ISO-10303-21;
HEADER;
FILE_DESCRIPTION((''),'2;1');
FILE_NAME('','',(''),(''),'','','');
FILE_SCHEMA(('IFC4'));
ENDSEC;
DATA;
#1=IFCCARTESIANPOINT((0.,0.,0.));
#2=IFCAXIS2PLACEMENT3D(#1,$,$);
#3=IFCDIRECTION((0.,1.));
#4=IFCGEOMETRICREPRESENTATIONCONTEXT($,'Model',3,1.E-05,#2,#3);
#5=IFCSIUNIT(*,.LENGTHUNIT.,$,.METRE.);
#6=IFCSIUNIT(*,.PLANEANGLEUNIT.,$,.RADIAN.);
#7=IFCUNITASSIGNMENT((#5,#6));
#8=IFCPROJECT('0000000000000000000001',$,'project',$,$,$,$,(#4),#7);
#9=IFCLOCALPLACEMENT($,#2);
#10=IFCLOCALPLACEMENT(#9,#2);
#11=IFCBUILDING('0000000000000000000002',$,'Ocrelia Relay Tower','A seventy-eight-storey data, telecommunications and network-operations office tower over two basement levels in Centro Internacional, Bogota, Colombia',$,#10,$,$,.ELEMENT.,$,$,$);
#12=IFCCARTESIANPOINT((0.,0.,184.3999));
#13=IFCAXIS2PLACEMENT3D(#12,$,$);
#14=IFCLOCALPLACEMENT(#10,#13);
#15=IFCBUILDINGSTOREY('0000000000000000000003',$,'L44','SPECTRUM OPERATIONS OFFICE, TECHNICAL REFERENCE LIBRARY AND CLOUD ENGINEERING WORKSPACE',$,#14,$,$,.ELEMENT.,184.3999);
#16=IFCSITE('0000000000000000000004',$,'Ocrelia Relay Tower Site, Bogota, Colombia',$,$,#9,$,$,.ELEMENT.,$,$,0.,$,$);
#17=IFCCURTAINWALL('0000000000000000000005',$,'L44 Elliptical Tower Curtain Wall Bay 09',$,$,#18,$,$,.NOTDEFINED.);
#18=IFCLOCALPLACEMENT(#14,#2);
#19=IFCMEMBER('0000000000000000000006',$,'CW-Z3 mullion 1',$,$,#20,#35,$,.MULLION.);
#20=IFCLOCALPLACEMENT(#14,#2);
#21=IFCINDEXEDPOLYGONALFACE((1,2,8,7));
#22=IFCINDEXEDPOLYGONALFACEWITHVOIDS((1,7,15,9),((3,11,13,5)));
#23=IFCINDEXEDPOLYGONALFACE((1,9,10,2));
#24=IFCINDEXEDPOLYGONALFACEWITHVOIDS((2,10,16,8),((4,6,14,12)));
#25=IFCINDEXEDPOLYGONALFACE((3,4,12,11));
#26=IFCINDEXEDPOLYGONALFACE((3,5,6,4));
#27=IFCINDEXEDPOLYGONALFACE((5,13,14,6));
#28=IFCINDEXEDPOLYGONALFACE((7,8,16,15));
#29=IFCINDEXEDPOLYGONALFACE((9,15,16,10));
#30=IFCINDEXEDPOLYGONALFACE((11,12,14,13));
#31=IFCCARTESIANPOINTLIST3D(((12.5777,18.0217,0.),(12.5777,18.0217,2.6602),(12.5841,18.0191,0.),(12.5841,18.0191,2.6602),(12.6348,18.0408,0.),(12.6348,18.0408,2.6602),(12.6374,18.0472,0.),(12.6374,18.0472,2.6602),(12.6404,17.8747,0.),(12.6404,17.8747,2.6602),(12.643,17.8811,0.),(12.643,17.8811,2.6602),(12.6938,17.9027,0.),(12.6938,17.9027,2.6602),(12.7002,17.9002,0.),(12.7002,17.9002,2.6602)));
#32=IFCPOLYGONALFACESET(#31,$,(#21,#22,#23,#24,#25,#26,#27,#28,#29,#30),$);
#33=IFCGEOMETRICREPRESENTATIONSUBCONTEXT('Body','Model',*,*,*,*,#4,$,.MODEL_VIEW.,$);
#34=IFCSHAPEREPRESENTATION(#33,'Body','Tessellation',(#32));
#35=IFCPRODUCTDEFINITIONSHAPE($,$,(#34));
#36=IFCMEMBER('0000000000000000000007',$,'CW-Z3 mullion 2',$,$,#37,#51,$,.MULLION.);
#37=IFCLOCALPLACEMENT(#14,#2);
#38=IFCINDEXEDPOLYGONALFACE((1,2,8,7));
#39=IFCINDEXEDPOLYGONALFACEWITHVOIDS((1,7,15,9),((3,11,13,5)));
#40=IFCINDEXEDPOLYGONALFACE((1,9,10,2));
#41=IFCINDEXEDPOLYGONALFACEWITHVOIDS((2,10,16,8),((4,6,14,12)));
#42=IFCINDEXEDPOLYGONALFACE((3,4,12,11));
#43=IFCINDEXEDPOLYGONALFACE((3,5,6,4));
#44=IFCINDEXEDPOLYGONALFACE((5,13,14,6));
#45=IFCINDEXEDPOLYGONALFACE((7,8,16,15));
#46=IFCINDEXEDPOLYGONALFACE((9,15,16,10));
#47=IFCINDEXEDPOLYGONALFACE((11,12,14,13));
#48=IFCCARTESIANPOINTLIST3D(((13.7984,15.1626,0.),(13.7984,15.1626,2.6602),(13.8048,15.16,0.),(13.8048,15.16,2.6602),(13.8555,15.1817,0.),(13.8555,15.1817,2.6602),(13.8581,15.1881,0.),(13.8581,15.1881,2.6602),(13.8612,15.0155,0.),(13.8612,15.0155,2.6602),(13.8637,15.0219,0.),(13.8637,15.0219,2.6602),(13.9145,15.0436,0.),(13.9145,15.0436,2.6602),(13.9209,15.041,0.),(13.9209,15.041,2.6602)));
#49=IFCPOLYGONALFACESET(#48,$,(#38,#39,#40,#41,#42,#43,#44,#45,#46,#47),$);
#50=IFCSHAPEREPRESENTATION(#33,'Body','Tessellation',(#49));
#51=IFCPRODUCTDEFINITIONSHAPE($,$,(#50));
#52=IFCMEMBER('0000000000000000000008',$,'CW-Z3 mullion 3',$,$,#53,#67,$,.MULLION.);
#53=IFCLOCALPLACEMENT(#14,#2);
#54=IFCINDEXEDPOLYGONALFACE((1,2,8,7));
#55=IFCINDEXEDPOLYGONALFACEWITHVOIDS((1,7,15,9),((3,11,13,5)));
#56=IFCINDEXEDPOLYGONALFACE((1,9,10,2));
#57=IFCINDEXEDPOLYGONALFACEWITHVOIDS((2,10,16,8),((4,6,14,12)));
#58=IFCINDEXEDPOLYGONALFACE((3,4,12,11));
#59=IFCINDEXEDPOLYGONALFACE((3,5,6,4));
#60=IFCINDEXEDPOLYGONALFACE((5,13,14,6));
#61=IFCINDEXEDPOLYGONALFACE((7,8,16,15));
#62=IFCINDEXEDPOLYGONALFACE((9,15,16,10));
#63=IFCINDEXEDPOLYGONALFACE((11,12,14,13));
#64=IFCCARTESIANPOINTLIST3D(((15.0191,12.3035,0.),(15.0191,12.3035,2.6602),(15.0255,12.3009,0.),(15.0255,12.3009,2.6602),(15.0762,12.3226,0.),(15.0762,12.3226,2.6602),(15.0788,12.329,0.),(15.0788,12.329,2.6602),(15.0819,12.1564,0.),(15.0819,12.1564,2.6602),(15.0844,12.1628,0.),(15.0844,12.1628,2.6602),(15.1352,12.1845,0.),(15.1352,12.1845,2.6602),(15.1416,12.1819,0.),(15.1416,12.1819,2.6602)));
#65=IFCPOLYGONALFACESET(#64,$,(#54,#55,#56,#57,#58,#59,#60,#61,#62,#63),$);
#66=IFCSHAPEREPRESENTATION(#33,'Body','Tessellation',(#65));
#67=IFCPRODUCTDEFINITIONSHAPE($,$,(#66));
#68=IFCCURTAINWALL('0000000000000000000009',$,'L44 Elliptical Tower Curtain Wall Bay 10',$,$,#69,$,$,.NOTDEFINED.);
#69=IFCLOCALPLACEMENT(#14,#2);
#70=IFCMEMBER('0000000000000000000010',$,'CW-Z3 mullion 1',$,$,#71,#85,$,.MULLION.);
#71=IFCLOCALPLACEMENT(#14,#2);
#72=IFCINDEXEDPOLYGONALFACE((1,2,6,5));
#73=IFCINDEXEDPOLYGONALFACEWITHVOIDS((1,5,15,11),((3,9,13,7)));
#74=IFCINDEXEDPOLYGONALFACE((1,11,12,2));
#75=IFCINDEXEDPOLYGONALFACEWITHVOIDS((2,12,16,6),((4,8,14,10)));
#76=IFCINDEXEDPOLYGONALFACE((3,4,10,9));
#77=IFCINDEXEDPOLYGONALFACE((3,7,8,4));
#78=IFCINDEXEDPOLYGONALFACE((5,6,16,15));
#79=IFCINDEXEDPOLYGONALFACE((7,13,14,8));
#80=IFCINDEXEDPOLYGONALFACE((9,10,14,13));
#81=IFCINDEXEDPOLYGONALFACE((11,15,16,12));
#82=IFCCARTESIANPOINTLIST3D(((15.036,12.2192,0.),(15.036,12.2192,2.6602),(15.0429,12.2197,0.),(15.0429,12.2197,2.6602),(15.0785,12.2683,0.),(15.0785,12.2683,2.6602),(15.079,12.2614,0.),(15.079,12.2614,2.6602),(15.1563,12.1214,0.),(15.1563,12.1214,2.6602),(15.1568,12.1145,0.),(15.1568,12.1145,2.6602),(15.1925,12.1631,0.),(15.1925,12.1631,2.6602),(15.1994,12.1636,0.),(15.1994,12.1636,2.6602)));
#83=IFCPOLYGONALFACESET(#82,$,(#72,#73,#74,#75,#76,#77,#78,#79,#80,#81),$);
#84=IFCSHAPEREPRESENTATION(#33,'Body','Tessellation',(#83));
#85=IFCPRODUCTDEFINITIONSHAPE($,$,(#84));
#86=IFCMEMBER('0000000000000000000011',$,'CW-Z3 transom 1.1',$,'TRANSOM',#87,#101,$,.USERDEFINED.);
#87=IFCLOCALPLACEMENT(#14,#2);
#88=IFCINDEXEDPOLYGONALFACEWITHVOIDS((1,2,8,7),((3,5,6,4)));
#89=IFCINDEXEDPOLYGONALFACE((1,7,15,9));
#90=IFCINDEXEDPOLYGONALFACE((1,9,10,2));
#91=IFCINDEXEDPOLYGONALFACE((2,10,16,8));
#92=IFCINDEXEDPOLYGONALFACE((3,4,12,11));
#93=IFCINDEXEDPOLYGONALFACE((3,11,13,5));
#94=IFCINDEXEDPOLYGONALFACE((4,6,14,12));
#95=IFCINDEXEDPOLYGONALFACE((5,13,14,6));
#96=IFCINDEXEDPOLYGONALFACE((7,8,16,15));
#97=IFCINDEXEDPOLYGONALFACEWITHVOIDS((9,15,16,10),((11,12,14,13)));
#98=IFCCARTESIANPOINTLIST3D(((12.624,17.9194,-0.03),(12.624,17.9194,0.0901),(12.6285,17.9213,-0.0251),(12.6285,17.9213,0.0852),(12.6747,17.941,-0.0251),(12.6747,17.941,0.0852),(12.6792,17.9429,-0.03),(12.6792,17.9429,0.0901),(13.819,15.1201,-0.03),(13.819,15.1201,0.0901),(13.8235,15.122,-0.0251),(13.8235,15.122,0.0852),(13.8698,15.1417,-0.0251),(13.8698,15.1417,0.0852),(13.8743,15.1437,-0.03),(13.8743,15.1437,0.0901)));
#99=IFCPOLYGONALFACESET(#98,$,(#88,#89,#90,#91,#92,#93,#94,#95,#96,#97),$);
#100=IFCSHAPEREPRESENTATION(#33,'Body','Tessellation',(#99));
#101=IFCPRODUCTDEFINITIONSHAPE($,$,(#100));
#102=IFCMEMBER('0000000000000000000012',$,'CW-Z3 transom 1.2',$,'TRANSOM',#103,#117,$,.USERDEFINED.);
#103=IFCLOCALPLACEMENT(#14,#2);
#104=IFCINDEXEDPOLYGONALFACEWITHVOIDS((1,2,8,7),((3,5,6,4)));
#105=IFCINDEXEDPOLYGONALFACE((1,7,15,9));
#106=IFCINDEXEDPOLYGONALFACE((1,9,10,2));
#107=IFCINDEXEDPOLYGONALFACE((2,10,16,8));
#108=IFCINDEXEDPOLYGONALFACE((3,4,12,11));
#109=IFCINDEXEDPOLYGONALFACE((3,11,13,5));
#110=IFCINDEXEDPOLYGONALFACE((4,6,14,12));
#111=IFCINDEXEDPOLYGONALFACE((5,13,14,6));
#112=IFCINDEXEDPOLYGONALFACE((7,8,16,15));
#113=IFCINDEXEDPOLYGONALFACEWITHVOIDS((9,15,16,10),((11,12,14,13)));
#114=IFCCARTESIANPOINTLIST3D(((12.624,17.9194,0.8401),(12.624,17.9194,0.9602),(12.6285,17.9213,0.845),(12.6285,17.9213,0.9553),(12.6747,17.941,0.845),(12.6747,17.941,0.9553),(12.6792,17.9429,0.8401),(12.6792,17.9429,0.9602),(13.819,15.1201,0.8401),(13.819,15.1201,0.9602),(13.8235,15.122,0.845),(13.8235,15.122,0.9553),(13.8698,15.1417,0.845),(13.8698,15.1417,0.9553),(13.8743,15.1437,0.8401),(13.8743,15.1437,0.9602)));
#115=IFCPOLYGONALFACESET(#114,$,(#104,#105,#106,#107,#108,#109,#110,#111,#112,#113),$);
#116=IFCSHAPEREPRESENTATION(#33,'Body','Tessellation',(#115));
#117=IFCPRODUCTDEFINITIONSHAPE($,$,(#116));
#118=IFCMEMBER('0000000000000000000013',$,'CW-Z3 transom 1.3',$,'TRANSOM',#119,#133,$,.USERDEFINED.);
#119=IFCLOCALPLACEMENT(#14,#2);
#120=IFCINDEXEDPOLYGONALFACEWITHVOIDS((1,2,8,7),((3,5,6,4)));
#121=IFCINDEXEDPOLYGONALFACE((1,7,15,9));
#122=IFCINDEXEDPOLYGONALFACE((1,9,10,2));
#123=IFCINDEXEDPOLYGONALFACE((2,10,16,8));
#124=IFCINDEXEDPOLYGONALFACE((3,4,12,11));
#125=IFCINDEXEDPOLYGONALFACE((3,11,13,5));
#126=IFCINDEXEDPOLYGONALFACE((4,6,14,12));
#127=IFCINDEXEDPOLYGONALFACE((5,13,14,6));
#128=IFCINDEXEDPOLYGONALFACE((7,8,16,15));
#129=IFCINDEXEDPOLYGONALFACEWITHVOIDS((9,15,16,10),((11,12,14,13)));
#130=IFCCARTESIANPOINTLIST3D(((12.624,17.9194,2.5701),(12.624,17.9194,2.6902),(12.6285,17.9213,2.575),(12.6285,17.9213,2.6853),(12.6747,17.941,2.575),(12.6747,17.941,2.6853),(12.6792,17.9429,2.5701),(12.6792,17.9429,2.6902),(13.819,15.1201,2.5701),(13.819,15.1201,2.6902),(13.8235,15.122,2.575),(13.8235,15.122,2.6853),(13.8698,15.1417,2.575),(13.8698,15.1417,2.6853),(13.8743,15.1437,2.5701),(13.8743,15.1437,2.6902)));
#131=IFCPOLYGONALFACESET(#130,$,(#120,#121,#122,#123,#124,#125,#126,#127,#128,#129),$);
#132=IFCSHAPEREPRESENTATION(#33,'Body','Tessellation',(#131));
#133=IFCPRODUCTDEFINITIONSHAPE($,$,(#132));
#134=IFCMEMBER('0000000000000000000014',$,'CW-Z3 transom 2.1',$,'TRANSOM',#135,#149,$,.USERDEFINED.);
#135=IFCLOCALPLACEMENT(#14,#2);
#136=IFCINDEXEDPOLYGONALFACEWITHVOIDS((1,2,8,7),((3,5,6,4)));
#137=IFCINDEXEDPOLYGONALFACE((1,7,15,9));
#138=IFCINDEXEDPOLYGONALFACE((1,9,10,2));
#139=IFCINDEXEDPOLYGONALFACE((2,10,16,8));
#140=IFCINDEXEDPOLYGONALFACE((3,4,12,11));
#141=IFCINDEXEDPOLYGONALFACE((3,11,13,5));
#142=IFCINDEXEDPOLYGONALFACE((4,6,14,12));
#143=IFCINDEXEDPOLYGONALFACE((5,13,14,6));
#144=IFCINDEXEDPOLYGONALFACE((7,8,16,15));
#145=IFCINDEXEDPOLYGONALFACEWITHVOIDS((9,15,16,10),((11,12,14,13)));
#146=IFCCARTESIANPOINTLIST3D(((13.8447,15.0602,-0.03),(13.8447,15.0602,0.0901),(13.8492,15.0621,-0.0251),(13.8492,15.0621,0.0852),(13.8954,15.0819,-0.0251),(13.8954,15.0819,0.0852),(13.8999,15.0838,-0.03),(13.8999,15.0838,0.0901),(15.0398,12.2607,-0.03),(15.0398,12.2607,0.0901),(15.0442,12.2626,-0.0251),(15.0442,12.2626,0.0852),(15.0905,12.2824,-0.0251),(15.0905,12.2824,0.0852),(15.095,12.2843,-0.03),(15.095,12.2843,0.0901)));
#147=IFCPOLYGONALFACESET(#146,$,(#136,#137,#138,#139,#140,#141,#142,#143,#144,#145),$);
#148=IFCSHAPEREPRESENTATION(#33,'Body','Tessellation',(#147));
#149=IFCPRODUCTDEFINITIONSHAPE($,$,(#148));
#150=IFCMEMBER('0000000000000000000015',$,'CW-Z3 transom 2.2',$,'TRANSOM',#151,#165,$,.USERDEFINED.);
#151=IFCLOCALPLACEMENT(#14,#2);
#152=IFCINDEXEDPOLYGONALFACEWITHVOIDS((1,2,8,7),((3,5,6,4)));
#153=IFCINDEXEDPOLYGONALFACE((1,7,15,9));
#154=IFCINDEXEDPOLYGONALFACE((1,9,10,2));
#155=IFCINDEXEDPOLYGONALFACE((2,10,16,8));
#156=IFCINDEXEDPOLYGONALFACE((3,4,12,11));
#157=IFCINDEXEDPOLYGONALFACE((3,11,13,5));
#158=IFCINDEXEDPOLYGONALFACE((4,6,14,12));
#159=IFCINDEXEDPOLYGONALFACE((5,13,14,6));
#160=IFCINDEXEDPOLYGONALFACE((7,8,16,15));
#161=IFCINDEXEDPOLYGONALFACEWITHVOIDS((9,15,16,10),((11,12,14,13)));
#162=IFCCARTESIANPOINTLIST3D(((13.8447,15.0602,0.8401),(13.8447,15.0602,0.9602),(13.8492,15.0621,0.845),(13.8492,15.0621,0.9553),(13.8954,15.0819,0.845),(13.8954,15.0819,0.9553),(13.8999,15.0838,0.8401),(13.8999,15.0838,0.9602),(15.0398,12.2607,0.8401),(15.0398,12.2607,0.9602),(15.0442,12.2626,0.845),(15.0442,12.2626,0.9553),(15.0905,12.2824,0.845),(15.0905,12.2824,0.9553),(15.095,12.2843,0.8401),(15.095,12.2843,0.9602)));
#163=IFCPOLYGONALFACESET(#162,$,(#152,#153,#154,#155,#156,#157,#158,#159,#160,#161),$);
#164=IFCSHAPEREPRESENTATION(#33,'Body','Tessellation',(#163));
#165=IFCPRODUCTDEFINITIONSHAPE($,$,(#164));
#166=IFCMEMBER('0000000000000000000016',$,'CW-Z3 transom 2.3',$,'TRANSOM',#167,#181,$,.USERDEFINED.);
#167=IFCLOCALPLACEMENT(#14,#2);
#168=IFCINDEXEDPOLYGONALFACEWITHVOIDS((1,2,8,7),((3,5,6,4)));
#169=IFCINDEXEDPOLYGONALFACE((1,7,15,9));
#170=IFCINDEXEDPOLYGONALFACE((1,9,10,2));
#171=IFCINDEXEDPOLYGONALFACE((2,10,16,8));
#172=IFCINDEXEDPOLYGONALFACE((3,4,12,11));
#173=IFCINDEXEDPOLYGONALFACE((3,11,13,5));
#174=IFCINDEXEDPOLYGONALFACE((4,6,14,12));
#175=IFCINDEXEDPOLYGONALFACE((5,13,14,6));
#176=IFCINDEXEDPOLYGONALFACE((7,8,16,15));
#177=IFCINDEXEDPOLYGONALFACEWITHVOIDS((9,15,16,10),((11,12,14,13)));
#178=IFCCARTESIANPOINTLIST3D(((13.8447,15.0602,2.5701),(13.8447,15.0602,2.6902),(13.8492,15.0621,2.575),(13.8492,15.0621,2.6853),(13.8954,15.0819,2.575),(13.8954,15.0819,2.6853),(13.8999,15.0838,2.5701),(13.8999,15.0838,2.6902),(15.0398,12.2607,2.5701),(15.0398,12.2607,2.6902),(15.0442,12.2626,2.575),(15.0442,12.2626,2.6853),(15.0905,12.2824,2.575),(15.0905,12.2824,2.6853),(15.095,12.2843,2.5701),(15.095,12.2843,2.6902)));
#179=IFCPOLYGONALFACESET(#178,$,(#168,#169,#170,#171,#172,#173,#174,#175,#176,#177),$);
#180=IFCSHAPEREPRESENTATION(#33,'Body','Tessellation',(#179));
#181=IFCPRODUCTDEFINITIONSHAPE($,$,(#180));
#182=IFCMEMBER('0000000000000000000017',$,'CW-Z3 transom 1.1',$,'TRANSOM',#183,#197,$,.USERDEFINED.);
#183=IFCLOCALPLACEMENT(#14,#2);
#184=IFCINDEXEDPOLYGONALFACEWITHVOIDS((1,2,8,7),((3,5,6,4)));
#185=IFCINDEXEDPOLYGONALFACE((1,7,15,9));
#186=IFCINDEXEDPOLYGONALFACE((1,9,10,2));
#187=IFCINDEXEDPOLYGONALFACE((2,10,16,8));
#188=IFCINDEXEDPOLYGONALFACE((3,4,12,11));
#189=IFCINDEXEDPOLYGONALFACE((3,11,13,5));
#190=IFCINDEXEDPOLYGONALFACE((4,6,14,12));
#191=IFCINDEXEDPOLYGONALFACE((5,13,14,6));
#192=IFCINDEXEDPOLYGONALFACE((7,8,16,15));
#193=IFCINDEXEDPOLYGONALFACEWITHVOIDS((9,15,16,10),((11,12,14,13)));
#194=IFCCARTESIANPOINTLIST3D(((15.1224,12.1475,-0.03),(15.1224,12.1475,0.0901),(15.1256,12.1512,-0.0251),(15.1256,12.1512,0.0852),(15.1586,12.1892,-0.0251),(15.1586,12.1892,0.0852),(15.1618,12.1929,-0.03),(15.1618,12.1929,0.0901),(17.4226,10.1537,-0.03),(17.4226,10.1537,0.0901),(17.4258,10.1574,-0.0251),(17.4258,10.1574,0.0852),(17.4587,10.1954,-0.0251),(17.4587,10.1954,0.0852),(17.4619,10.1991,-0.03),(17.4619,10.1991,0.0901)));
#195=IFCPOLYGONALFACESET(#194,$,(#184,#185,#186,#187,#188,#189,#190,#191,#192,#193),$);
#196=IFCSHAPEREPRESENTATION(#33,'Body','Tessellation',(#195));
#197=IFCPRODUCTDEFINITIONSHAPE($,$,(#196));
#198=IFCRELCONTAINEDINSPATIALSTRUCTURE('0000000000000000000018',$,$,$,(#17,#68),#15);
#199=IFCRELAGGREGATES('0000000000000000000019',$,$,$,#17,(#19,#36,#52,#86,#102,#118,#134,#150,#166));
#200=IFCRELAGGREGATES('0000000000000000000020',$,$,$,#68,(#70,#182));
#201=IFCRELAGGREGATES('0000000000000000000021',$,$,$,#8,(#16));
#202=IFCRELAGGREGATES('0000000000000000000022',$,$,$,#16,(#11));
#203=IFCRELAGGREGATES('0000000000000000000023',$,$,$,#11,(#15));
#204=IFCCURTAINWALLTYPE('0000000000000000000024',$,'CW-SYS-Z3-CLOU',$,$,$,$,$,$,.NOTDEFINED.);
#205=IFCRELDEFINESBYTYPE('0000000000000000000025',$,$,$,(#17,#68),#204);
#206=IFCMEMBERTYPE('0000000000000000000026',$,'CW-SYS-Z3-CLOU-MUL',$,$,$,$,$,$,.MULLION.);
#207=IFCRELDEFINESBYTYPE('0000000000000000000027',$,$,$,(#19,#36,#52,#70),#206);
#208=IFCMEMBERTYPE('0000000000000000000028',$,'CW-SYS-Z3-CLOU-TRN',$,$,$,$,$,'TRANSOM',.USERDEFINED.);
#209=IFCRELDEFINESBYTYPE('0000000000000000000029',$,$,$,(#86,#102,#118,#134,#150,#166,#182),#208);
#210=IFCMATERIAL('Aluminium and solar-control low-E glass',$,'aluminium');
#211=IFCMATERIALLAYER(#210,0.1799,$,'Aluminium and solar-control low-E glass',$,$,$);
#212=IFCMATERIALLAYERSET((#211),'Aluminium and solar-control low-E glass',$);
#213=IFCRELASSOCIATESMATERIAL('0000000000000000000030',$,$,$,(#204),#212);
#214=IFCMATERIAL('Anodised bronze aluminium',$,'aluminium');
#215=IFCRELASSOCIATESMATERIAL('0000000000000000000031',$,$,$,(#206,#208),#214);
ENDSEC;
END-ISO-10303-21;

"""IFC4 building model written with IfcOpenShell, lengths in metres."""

from ifc_helpers import new_model, si_unit, direction, frame, origin, origin_2d, place, context, subcontext, project, spatial, hollow_rectangle, extrude, material, layer, layer_set, material_profile, profile_set, type_object, element, aggregate, save


model = new_model("IFC4")

# Units and contexts
model_context = context("Model", 3, precision=1e-05, world=origin(), true_north=direction((0.0, 1.0)))
body_context = subcontext(model_context, "Body", "Model", "MODEL_VIEW")
ifc_project = project(units=[si_unit("LENGTHUNIT", "METRE"), si_unit("PLANEANGLEUNIT", "RADIAN")], contexts=[model_context])

# Site, building, storey
site_placement = place(None, origin())
site = spatial("IfcSite", under=ifc_project, at=site_placement, Name="Ocrelia Relay Tower Site, Bogota, Colombia", CompositionType="ELEMENT", RefElevation=0.0)
building_placement = place(site_placement, origin())
building = spatial("IfcBuilding", under=site, at=building_placement, Name="Ocrelia Relay Tower", Description="A seventy-eight-storey data, telecommunications and network-operations office tower over two basement levels in Centro Internacional, Bogota, Colombia", CompositionType="ELEMENT")
storey_placement = place(building_placement, frame((0.0, 0.0, 184.3999)))
storey = spatial("IfcBuildingStorey", under=building, at=storey_placement, Name="L44", Description="SPECTRUM OPERATIONS OFFICE, TECHNICAL REFERENCE LIBRARY AND CLOUD ENGINEERING WORKSPACE", CompositionType="ELEMENT", Elevation=184.3999)

# Curtain wall, members
ifc_material_1 = material(Name="Aluminium and solar-control low-E glass", Category="aluminium")
ifc_layer_1 = layer(ifc_material_1, 0.1799, Name="Aluminium and solar-control low-E glass")
ifc_layer_set_1 = layer_set([ifc_layer_1], Name="Aluminium and solar-control low-E glass")
curtain_wall_type = type_object("IfcCurtainWallType", Name="CW-SYS-Z3-CLOU", PredefinedType="NOTDEFINED", material=ifc_layer_set_1)
curtain_wall_1_placement = place(storey_placement, origin())
curtain_wall_1 = element("IfcCurtainWall", 1, at=curtain_wall_1_placement, inside=storey, type_object=curtain_wall_type, Name="L44 Elliptical Tower Curtain Wall Bay 09", PredefinedType="NOTDEFINED")
ifc_material_2 = material(Name="Anodised bronze aluminium", Category="aluminium")
ifc_material_profile_1 = material_profile(ifc_material_2, hollow_rectangle(XDim=0.0649, YDim=0.1599, WallThickness=0.0049, at=origin_2d()), Name="CW-MUL-160x65")
ifc_profile_set_1 = profile_set([ifc_material_profile_1], Name="Anodised bronze aluminium")
member_type_1 = type_object("IfcMemberType", Name="CW-SYS-Z3-CLOU-MUL", PredefinedType="MULLION", material=ifc_profile_set_1)
member_1_placement = place(storey_placement, frame((12.6389, 17.9609, 0.0), z_axis=(0.0, 0.0, 1.0), x_axis=(0.919688, 0.392651, 0.0)))
member_1 = element("IfcMember", 2, at=member_1_placement, type_object=member_type_1, Name="CW-Z3 mullion 1", PredefinedType="MULLION", context=body_context, shape_type="SweptSolid", body=[
    extrude(hollow_rectangle(XDim=0.0649, YDim=0.1599, WallThickness=0.0049, at=origin_2d()), origin(), (0.0, 0.0, 1.0), 2.6602),
])
member_2_placement = place(storey_placement, frame((13.8596, 15.1018, 0.0), z_axis=(0.0, 0.0, 1.0), x_axis=(0.919688, 0.392651, 0.0)))
member_2 = element("IfcMember", 3, at=member_2_placement, type_object=member_type_1, Name="CW-Z3 mullion 2", PredefinedType="MULLION", context=body_context, shape_type="SweptSolid", body=[
    extrude(hollow_rectangle(XDim=0.0649, YDim=0.1599, WallThickness=0.0049, at=origin_2d()), origin(), (0.0, 0.0, 1.0), 2.6602),
])
member_3_placement = place(storey_placement, frame((15.0803, 12.2427, 0.0), z_axis=(0.0, 0.0, 1.0), x_axis=(0.919688, 0.392651, 0.0)))
member_3 = element("IfcMember", 4, at=member_3_placement, type_object=member_type_1, Name="CW-Z3 mullion 3", PredefinedType="MULLION", context=body_context, shape_type="SweptSolid", body=[
    extrude(hollow_rectangle(XDim=0.0649, YDim=0.1599, WallThickness=0.0049, at=origin_2d()), origin(), (0.0, 0.0, 1.0), 2.6602),
])

# Curtain wall, member
curtain_wall_2_placement = place(storey_placement, origin())
curtain_wall_2 = element("IfcCurtainWall", 5, at=curtain_wall_2_placement, inside=storey, type_object=curtain_wall_type, Name="L44 Elliptical Tower Curtain Wall Bay 10", PredefinedType="NOTDEFINED")
member_4_placement = place(storey_placement, frame((15.1177, 12.1914, 0.0), z_axis=(0.0, 0.0, 1.0), x_axis=(0.655002, 0.755627, 0.0)))
member_4 = element("IfcMember", 6, at=member_4_placement, type_object=member_type_1, Name="CW-Z3 mullion 1", PredefinedType="MULLION", context=body_context, shape_type="SweptSolid", body=[
    extrude(hollow_rectangle(XDim=0.0649, YDim=0.1599, WallThickness=0.0049, at=origin_2d()), origin(), (0.0, 0.0, 1.0), 2.6602),
])

# Members
ifc_material_profile_2 = material_profile(ifc_material_2, hollow_rectangle(XDim=0.0601, YDim=0.1201, WallThickness=0.0049, at=origin_2d()), Name="CW-TRN-120x60")
ifc_profile_set_2 = profile_set([ifc_material_profile_2], Name="Anodised bronze aluminium")
member_type_2 = type_object("IfcMemberType", Name="CW-SYS-Z3-CLOU-TRN", ElementType="TRANSOM", PredefinedType="USERDEFINED", material=ifc_profile_set_2)
member_5_placement = place(storey_placement, frame((12.6516, 17.9312, 0.03), z_axis=(0.392631, -0.919696, 0.0), x_axis=(0.919696, 0.392631, 0.0)))
member_5 = element("IfcMember", 7, at=member_5_placement, type_object=member_type_2, Name="CW-Z3 transom 1.1", ObjectType="TRANSOM", PredefinedType="USERDEFINED", context=body_context, shape_type="SweptSolid", body=[
    extrude(hollow_rectangle(XDim=0.0601, YDim=0.1201, WallThickness=0.0049, at=origin_2d()), origin(), (0.0, 0.0, 1.0), 3.0437),
])
member_6_placement = place(storey_placement, frame((12.6516, 17.9312, 0.9001), z_axis=(0.392631, -0.919696, 0.0), x_axis=(0.919696, 0.392631, 0.0)))
member_6 = element("IfcMember", 8, at=member_6_placement, type_object=member_type_2, Name="CW-Z3 transom 1.2", ObjectType="TRANSOM", PredefinedType="USERDEFINED", context=body_context, shape_type="SweptSolid", body=[
    extrude(hollow_rectangle(XDim=0.0601, YDim=0.1201, WallThickness=0.0049, at=origin_2d()), origin(), (0.0, 0.0, 1.0), 3.0437),
])
member_7_placement = place(storey_placement, frame((12.6516, 17.9312, 2.6301), z_axis=(0.392631, -0.919696, 0.0), x_axis=(0.919696, 0.392631, 0.0)))
member_7 = element("IfcMember", 9, at=member_7_placement, type_object=member_type_2, Name="CW-Z3 transom 1.3", ObjectType="TRANSOM", PredefinedType="USERDEFINED", context=body_context, shape_type="SweptSolid", body=[
    extrude(hollow_rectangle(XDim=0.0601, YDim=0.1201, WallThickness=0.0049, at=origin_2d()), origin(), (0.0, 0.0, 1.0), 3.0437),
])
member_8_placement = place(storey_placement, frame((13.8723, 15.072, 0.03), z_axis=(0.392602, -0.919708, 0.0), x_axis=(0.919708, 0.392602, 0.0)))
member_8 = element("IfcMember", 10, at=member_8_placement, type_object=member_type_2, Name="CW-Z3 transom 2.1", ObjectType="TRANSOM", PredefinedType="USERDEFINED", context=body_context, shape_type="SweptSolid", body=[
    extrude(hollow_rectangle(XDim=0.0601, YDim=0.1201, WallThickness=0.0049, at=origin_2d()), origin(), (0.0, 0.0, 1.0), 3.0439),
])
member_9_placement = place(storey_placement, frame((13.8723, 15.072, 0.9001), z_axis=(0.392602, -0.919708, 0.0), x_axis=(0.919708, 0.392602, 0.0)))
member_9 = element("IfcMember", 11, at=member_9_placement, type_object=member_type_2, Name="CW-Z3 transom 2.2", ObjectType="TRANSOM", PredefinedType="USERDEFINED", context=body_context, shape_type="SweptSolid", body=[
    extrude(hollow_rectangle(XDim=0.0601, YDim=0.1201, WallThickness=0.0049, at=origin_2d()), origin(), (0.0, 0.0, 1.0), 3.0439),
])
member_10_placement = place(storey_placement, frame((13.8723, 15.072, 2.6301), z_axis=(0.392602, -0.919708, 0.0), x_axis=(0.919708, 0.392602, 0.0)))
member_10 = element("IfcMember", 12, at=member_10_placement, type_object=member_type_2, Name="CW-Z3 transom 2.3", ObjectType="TRANSOM", PredefinedType="USERDEFINED", context=body_context, shape_type="SweptSolid", body=[
    extrude(hollow_rectangle(XDim=0.0601, YDim=0.1201, WallThickness=0.0049, at=origin_2d()), origin(), (0.0, 0.0, 1.0), 3.0439),
])
member_11_placement = place(storey_placement, frame((15.1421, 12.1702, 0.03), z_axis=(0.755644, -0.654982, 0.0), x_axis=(0.654982, 0.755644, 0.0)))
member_11 = element("IfcMember", 13, at=member_11_placement, type_object=member_type_2, Name="CW-Z3 transom 1.1", ObjectType="TRANSOM", PredefinedType="USERDEFINED", context=body_context, shape_type="SweptSolid", body=[
    extrude(hollow_rectangle(XDim=0.0601, YDim=0.1201, WallThickness=0.0049, at=origin_2d()), origin(), (0.0, 0.0, 1.0), 3.0439),
])

aggregate(curtain_wall_1, [member_1, member_2, member_3, member_5, member_6, member_7, member_8, member_9, member_10])
aggregate(curtain_wall_2, [member_4, member_11])

save(model, "model.ifc")
